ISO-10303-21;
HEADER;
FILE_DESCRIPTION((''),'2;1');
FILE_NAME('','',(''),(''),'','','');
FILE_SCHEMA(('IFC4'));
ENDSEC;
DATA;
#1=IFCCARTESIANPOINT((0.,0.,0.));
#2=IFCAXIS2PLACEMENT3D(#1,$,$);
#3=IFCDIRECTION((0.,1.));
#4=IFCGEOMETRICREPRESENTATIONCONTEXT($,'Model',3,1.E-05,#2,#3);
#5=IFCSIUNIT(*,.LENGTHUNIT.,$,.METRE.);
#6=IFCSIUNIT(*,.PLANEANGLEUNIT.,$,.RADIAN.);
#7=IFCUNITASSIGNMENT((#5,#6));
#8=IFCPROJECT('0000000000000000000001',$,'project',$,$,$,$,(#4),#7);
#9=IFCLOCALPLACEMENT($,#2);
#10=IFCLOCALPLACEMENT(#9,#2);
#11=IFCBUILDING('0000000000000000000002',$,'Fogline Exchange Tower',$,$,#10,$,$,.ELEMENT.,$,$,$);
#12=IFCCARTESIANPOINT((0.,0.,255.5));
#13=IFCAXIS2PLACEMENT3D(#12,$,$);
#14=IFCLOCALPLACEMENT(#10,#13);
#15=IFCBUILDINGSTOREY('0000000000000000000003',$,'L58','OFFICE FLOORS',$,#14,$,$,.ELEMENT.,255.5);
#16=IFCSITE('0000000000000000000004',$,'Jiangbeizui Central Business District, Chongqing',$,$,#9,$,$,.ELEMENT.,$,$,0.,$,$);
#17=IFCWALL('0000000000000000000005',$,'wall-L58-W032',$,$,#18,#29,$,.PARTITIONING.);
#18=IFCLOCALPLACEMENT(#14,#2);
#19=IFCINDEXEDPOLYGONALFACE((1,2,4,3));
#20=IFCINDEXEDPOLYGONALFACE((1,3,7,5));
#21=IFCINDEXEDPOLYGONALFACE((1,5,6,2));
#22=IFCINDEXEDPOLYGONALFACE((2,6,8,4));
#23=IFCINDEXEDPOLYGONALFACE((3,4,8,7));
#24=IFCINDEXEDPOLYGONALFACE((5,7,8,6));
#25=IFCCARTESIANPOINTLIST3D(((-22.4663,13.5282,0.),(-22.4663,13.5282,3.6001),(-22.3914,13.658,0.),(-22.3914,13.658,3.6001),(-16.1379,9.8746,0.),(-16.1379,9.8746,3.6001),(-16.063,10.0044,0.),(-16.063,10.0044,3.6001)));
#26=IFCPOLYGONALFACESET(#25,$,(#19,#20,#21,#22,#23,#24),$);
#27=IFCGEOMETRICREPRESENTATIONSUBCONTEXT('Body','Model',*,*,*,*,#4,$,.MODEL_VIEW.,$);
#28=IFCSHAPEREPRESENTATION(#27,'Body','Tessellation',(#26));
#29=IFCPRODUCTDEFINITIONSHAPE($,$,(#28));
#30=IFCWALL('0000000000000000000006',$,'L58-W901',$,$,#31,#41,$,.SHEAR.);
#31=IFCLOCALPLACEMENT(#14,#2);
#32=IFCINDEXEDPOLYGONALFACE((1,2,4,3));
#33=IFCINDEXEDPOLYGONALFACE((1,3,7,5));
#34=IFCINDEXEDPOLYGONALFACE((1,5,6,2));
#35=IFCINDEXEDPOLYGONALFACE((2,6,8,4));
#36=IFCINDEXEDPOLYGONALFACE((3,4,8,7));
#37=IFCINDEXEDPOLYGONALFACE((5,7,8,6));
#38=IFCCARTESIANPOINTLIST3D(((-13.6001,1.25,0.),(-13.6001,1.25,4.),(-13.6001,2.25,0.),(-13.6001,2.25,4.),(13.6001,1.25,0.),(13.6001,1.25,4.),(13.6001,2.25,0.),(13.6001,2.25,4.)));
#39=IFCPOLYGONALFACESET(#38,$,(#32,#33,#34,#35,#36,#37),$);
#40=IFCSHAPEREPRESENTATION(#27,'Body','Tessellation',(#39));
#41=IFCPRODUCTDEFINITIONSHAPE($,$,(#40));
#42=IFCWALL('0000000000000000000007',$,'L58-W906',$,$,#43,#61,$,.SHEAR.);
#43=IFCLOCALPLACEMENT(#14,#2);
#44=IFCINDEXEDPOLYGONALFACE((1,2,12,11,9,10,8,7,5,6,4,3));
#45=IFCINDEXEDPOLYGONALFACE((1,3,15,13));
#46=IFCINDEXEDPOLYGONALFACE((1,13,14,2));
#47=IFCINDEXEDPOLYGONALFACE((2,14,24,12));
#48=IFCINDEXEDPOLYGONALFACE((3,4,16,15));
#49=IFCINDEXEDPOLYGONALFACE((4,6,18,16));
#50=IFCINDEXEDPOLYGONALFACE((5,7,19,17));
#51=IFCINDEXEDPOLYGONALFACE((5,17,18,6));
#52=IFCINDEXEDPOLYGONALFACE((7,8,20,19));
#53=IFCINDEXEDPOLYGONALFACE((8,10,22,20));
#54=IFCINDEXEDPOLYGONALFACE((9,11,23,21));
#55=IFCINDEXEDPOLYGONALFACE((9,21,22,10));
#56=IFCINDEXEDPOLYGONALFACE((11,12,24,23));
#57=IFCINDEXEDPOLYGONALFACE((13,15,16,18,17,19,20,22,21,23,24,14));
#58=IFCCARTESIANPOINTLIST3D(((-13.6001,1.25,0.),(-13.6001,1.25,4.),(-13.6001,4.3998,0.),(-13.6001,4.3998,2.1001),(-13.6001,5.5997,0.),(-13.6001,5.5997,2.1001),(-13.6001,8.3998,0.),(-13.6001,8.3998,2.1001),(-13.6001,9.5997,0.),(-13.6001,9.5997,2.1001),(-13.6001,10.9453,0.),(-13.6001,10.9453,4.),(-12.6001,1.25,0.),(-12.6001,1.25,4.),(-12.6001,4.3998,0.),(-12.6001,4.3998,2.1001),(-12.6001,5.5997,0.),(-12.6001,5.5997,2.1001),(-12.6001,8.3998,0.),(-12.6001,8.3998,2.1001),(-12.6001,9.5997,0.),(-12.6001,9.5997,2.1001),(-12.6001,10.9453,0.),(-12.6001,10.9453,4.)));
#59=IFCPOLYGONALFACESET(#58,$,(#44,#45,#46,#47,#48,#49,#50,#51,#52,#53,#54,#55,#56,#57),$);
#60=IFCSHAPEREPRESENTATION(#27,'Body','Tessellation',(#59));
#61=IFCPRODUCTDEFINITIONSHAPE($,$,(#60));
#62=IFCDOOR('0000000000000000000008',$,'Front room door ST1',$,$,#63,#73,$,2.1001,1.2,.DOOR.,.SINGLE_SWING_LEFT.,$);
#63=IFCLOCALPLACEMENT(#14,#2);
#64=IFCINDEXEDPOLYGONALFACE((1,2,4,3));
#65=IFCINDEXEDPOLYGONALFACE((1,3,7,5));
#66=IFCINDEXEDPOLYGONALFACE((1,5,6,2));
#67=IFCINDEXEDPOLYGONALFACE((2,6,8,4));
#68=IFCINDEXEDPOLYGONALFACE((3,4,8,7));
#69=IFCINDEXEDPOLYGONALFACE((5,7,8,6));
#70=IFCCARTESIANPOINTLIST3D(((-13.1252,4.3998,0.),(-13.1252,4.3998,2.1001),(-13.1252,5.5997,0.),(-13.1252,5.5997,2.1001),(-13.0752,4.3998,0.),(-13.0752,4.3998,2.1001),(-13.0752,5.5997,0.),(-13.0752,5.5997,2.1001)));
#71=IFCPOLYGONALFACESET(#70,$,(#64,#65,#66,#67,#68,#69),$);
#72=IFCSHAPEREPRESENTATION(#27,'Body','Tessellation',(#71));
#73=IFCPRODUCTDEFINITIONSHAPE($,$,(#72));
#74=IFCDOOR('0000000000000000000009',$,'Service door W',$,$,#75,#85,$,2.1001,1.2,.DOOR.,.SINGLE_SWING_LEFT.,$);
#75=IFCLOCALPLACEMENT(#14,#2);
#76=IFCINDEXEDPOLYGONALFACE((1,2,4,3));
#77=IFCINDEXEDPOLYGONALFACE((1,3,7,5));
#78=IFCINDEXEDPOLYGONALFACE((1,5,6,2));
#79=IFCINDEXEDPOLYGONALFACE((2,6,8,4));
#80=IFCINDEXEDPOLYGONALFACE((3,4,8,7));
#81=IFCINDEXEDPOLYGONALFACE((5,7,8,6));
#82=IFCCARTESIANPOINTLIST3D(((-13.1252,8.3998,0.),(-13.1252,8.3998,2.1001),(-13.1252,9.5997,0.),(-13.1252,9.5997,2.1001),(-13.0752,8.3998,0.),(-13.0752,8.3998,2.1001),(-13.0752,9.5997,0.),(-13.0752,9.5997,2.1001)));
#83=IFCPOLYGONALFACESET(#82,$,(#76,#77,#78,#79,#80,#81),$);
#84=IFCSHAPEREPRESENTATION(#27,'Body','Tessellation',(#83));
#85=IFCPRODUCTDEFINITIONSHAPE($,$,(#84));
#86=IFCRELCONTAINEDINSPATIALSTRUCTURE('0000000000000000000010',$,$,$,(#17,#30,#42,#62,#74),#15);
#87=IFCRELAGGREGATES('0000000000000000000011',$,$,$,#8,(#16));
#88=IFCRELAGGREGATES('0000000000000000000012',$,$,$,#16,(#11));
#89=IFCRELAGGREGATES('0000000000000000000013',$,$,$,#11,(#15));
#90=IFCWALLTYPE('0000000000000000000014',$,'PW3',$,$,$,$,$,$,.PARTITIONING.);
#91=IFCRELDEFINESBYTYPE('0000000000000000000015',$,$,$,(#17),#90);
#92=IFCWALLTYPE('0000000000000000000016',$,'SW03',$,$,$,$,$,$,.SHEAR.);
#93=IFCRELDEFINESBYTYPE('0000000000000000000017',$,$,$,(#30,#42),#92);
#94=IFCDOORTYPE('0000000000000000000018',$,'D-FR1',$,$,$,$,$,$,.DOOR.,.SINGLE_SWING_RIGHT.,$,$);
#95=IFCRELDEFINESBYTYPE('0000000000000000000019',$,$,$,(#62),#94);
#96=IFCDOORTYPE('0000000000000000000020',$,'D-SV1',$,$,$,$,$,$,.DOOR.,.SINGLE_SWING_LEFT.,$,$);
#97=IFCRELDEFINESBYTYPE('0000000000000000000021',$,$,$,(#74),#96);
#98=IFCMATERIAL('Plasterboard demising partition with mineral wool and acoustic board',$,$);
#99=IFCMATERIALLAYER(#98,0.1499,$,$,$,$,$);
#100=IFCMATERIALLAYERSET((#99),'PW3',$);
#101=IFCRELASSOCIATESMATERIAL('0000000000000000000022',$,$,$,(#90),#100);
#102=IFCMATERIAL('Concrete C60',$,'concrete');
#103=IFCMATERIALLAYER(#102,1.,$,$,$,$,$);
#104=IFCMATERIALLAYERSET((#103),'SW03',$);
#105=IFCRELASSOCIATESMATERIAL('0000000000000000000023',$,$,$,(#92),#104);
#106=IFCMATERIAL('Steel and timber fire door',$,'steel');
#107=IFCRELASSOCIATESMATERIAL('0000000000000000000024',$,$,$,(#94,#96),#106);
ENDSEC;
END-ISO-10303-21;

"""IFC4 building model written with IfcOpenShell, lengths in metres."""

from ifc_helpers import new_model, si_unit, direction, frame, frame_2d, origin, place, context, subcontext, project, spatial, rectangle, extrude, material, layer, layer_set, type_object, element, fill, save


model = new_model("IFC4")

# Units and contexts
model_context = context("Model", 3, precision=1e-05, world=origin(), true_north=direction((0.0, 1.0)))
body_context = subcontext(model_context, "Body", "Model", "MODEL_VIEW")
ifc_project = project(units=[si_unit("LENGTHUNIT", "METRE"), si_unit("PLANEANGLEUNIT", "RADIAN")], contexts=[model_context])

# Site, building, storey
site_placement = place(None, origin())
site = spatial("IfcSite", under=ifc_project, at=site_placement, Name="Jiangbeizui Central Business District, Chongqing", CompositionType="ELEMENT", RefElevation=0.0)
building_placement = place(site_placement, origin())
building = spatial("IfcBuilding", under=site, at=building_placement, Name="Fogline Exchange Tower", CompositionType="ELEMENT")
storey_placement = place(building_placement, frame((0.0, 0.0, 255.5)))
storey = spatial("IfcBuildingStorey", under=building, at=storey_placement, Name="L58", Description="OFFICE FLOORS", CompositionType="ELEMENT", Elevation=255.5)

# Shared definitions
ifc_material_1 = material(Name="Concrete C60", Category="concrete")

# Walls
ifc_material_2 = material(Name="Plasterboard demising partition with mineral wool and acoustic board")
ifc_layer_1 = layer(ifc_material_2, 0.1499)
ifc_layer_set_1 = layer_set([ifc_layer_1], Name="PW3")
wall_type_1 = type_object("IfcWallType", Name="PW3", PredefinedType="PARTITIONING", material=ifc_layer_set_1)
wall_1_placement = place(storey_placement, frame((-16.1003, 9.9395, 0.0), z_axis=(0.0, 0.0, 1.0), x_axis=(-0.866033, 0.499988, 0.0)))
element("IfcWall", 1, at=wall_1_placement, inside=storey, type_object=wall_type_1, Name="wall-L58-W032", PredefinedType="PARTITIONING", context=body_context, shape_type="SweptSolid", body=[
    extrude(rectangle(XDim=7.3074, YDim=0.1499, at=frame_2d((3.6538, 0.0))), origin(), (0.0, 0.0, 1.0), 3.6001),
])
ifc_layer_2 = layer(ifc_material_1, 1.0)
ifc_layer_set_2 = layer_set([ifc_layer_2], Name="SW03")
wall_type_2 = type_object("IfcWallType", Name="SW03", PredefinedType="SHEAR", material=ifc_layer_set_2)
wall_2_placement = place(storey_placement, frame((-13.6001, 1.75, 0.0), z_axis=(0.0, 0.0, 1.0), x_axis=(1.0, 0.0, 0.0)))
element("IfcWall", 2, at=wall_2_placement, inside=storey, type_object=wall_type_2, Name="L58-W901", PredefinedType="SHEAR", context=body_context, shape_type="SweptSolid", body=[
    extrude(rectangle(XDim=27.2002, YDim=1.0, at=frame_2d((13.6001, 0.0))), origin(), (0.0, 0.0, 1.0), 4.0),
])

# Wall, openings, doors
wall_3_placement = place(storey_placement, frame((-13.1001, 10.9453, 0.0), z_axis=(0.0, 0.0, 1.0), x_axis=(0.0, -1.0, 0.0)))
wall_3 = element("IfcWall", 3, at=wall_3_placement, inside=storey, type_object=wall_type_2, Name="L58-W906", PredefinedType="SHEAR", context=body_context, shape_type="SweptSolid", body=[
    extrude(rectangle(XDim=9.6953, YDim=1.0, at=frame_2d((4.8477, 0.0))), origin(), (0.0, 0.0, 1.0), 4.0),
])
opening_1_placement = place(wall_3_placement, frame((5.3455, 0.0, 0.0)))
opening_1 = element("IfcOpeningElement", 4, at=opening_1_placement, cuts=wall_3, PredefinedType="OPENING", context=body_context, shape_type="SweptSolid", body=[
    extrude(rectangle(XDim=1.2, YDim=2.1001, at=frame_2d((0.6001, 1.05))), frame((0.0, 0.51, 0.0), z_axis=(0.0, -1.0, 0.0), x_axis=(1.0, 0.0, 0.0)), (0.0, 0.0, 1.0), 1.02),
])
opening_2_placement = place(wall_3_placement, frame((1.3455, 0.0, 0.0)))
opening_2 = element("IfcOpeningElement", 5, at=opening_2_placement, cuts=wall_3, PredefinedType="OPENING", context=body_context, shape_type="SweptSolid", body=[
    extrude(rectangle(XDim=1.2, YDim=2.1001, at=frame_2d((0.6001, 1.05))), frame((0.0, 0.51, 0.0), z_axis=(0.0, -1.0, 0.0), x_axis=(1.0, 0.0, 0.0)), (0.0, 0.0, 1.0), 1.02),
])
ifc_material_3 = material(Name="Steel and timber fire door", Category="steel")
door_type_1 = type_object("IfcDoorType", Name="D-FR1", OperationType="SINGLE_SWING_RIGHT", PredefinedType="DOOR", material=ifc_material_3)
door_1_placement = place(opening_1_placement, origin())
door_1 = element("IfcDoor", 6, at=door_1_placement, inside=storey, type_object=door_type_1, Name="Front room door ST1", OperationType="SINGLE_SWING_LEFT", OverallHeight=2.1001, OverallWidth=1.2, PredefinedType="DOOR", context=body_context, shape_type="SweptSolid", body=[
    extrude(rectangle(XDim=1.2, YDim=2.1001, at=frame_2d((0.6001, 1.05))), frame((0.0, 0.0249, 0.0), z_axis=(0.0, -1.0, 0.0), x_axis=(1.0, 0.0, 0.0)), (0.0, 0.0, 1.0), 0.05),
])
fill(opening_1, door_1)
door_type_2 = type_object("IfcDoorType", Name="D-SV1", OperationType="SINGLE_SWING_LEFT", PredefinedType="DOOR", material=ifc_material_3)
door_2_placement = place(opening_2_placement, origin())
door_2 = element("IfcDoor", 7, at=door_2_placement, inside=storey, type_object=door_type_2, Name="Service door W", OperationType="SINGLE_SWING_LEFT", OverallHeight=2.1001, OverallWidth=1.2, PredefinedType="DOOR", context=body_context, shape_type="SweptSolid", body=[
    extrude(rectangle(XDim=1.2, YDim=2.1001, at=frame_2d((0.6001, 1.05))), frame((0.0, 0.0249, 0.0), z_axis=(0.0, -1.0, 0.0), x_axis=(1.0, 0.0, 0.0)), (0.0, 0.0, 1.0), 0.05),
])
fill(opening_2, door_2)

save(model, "model.ifc")
